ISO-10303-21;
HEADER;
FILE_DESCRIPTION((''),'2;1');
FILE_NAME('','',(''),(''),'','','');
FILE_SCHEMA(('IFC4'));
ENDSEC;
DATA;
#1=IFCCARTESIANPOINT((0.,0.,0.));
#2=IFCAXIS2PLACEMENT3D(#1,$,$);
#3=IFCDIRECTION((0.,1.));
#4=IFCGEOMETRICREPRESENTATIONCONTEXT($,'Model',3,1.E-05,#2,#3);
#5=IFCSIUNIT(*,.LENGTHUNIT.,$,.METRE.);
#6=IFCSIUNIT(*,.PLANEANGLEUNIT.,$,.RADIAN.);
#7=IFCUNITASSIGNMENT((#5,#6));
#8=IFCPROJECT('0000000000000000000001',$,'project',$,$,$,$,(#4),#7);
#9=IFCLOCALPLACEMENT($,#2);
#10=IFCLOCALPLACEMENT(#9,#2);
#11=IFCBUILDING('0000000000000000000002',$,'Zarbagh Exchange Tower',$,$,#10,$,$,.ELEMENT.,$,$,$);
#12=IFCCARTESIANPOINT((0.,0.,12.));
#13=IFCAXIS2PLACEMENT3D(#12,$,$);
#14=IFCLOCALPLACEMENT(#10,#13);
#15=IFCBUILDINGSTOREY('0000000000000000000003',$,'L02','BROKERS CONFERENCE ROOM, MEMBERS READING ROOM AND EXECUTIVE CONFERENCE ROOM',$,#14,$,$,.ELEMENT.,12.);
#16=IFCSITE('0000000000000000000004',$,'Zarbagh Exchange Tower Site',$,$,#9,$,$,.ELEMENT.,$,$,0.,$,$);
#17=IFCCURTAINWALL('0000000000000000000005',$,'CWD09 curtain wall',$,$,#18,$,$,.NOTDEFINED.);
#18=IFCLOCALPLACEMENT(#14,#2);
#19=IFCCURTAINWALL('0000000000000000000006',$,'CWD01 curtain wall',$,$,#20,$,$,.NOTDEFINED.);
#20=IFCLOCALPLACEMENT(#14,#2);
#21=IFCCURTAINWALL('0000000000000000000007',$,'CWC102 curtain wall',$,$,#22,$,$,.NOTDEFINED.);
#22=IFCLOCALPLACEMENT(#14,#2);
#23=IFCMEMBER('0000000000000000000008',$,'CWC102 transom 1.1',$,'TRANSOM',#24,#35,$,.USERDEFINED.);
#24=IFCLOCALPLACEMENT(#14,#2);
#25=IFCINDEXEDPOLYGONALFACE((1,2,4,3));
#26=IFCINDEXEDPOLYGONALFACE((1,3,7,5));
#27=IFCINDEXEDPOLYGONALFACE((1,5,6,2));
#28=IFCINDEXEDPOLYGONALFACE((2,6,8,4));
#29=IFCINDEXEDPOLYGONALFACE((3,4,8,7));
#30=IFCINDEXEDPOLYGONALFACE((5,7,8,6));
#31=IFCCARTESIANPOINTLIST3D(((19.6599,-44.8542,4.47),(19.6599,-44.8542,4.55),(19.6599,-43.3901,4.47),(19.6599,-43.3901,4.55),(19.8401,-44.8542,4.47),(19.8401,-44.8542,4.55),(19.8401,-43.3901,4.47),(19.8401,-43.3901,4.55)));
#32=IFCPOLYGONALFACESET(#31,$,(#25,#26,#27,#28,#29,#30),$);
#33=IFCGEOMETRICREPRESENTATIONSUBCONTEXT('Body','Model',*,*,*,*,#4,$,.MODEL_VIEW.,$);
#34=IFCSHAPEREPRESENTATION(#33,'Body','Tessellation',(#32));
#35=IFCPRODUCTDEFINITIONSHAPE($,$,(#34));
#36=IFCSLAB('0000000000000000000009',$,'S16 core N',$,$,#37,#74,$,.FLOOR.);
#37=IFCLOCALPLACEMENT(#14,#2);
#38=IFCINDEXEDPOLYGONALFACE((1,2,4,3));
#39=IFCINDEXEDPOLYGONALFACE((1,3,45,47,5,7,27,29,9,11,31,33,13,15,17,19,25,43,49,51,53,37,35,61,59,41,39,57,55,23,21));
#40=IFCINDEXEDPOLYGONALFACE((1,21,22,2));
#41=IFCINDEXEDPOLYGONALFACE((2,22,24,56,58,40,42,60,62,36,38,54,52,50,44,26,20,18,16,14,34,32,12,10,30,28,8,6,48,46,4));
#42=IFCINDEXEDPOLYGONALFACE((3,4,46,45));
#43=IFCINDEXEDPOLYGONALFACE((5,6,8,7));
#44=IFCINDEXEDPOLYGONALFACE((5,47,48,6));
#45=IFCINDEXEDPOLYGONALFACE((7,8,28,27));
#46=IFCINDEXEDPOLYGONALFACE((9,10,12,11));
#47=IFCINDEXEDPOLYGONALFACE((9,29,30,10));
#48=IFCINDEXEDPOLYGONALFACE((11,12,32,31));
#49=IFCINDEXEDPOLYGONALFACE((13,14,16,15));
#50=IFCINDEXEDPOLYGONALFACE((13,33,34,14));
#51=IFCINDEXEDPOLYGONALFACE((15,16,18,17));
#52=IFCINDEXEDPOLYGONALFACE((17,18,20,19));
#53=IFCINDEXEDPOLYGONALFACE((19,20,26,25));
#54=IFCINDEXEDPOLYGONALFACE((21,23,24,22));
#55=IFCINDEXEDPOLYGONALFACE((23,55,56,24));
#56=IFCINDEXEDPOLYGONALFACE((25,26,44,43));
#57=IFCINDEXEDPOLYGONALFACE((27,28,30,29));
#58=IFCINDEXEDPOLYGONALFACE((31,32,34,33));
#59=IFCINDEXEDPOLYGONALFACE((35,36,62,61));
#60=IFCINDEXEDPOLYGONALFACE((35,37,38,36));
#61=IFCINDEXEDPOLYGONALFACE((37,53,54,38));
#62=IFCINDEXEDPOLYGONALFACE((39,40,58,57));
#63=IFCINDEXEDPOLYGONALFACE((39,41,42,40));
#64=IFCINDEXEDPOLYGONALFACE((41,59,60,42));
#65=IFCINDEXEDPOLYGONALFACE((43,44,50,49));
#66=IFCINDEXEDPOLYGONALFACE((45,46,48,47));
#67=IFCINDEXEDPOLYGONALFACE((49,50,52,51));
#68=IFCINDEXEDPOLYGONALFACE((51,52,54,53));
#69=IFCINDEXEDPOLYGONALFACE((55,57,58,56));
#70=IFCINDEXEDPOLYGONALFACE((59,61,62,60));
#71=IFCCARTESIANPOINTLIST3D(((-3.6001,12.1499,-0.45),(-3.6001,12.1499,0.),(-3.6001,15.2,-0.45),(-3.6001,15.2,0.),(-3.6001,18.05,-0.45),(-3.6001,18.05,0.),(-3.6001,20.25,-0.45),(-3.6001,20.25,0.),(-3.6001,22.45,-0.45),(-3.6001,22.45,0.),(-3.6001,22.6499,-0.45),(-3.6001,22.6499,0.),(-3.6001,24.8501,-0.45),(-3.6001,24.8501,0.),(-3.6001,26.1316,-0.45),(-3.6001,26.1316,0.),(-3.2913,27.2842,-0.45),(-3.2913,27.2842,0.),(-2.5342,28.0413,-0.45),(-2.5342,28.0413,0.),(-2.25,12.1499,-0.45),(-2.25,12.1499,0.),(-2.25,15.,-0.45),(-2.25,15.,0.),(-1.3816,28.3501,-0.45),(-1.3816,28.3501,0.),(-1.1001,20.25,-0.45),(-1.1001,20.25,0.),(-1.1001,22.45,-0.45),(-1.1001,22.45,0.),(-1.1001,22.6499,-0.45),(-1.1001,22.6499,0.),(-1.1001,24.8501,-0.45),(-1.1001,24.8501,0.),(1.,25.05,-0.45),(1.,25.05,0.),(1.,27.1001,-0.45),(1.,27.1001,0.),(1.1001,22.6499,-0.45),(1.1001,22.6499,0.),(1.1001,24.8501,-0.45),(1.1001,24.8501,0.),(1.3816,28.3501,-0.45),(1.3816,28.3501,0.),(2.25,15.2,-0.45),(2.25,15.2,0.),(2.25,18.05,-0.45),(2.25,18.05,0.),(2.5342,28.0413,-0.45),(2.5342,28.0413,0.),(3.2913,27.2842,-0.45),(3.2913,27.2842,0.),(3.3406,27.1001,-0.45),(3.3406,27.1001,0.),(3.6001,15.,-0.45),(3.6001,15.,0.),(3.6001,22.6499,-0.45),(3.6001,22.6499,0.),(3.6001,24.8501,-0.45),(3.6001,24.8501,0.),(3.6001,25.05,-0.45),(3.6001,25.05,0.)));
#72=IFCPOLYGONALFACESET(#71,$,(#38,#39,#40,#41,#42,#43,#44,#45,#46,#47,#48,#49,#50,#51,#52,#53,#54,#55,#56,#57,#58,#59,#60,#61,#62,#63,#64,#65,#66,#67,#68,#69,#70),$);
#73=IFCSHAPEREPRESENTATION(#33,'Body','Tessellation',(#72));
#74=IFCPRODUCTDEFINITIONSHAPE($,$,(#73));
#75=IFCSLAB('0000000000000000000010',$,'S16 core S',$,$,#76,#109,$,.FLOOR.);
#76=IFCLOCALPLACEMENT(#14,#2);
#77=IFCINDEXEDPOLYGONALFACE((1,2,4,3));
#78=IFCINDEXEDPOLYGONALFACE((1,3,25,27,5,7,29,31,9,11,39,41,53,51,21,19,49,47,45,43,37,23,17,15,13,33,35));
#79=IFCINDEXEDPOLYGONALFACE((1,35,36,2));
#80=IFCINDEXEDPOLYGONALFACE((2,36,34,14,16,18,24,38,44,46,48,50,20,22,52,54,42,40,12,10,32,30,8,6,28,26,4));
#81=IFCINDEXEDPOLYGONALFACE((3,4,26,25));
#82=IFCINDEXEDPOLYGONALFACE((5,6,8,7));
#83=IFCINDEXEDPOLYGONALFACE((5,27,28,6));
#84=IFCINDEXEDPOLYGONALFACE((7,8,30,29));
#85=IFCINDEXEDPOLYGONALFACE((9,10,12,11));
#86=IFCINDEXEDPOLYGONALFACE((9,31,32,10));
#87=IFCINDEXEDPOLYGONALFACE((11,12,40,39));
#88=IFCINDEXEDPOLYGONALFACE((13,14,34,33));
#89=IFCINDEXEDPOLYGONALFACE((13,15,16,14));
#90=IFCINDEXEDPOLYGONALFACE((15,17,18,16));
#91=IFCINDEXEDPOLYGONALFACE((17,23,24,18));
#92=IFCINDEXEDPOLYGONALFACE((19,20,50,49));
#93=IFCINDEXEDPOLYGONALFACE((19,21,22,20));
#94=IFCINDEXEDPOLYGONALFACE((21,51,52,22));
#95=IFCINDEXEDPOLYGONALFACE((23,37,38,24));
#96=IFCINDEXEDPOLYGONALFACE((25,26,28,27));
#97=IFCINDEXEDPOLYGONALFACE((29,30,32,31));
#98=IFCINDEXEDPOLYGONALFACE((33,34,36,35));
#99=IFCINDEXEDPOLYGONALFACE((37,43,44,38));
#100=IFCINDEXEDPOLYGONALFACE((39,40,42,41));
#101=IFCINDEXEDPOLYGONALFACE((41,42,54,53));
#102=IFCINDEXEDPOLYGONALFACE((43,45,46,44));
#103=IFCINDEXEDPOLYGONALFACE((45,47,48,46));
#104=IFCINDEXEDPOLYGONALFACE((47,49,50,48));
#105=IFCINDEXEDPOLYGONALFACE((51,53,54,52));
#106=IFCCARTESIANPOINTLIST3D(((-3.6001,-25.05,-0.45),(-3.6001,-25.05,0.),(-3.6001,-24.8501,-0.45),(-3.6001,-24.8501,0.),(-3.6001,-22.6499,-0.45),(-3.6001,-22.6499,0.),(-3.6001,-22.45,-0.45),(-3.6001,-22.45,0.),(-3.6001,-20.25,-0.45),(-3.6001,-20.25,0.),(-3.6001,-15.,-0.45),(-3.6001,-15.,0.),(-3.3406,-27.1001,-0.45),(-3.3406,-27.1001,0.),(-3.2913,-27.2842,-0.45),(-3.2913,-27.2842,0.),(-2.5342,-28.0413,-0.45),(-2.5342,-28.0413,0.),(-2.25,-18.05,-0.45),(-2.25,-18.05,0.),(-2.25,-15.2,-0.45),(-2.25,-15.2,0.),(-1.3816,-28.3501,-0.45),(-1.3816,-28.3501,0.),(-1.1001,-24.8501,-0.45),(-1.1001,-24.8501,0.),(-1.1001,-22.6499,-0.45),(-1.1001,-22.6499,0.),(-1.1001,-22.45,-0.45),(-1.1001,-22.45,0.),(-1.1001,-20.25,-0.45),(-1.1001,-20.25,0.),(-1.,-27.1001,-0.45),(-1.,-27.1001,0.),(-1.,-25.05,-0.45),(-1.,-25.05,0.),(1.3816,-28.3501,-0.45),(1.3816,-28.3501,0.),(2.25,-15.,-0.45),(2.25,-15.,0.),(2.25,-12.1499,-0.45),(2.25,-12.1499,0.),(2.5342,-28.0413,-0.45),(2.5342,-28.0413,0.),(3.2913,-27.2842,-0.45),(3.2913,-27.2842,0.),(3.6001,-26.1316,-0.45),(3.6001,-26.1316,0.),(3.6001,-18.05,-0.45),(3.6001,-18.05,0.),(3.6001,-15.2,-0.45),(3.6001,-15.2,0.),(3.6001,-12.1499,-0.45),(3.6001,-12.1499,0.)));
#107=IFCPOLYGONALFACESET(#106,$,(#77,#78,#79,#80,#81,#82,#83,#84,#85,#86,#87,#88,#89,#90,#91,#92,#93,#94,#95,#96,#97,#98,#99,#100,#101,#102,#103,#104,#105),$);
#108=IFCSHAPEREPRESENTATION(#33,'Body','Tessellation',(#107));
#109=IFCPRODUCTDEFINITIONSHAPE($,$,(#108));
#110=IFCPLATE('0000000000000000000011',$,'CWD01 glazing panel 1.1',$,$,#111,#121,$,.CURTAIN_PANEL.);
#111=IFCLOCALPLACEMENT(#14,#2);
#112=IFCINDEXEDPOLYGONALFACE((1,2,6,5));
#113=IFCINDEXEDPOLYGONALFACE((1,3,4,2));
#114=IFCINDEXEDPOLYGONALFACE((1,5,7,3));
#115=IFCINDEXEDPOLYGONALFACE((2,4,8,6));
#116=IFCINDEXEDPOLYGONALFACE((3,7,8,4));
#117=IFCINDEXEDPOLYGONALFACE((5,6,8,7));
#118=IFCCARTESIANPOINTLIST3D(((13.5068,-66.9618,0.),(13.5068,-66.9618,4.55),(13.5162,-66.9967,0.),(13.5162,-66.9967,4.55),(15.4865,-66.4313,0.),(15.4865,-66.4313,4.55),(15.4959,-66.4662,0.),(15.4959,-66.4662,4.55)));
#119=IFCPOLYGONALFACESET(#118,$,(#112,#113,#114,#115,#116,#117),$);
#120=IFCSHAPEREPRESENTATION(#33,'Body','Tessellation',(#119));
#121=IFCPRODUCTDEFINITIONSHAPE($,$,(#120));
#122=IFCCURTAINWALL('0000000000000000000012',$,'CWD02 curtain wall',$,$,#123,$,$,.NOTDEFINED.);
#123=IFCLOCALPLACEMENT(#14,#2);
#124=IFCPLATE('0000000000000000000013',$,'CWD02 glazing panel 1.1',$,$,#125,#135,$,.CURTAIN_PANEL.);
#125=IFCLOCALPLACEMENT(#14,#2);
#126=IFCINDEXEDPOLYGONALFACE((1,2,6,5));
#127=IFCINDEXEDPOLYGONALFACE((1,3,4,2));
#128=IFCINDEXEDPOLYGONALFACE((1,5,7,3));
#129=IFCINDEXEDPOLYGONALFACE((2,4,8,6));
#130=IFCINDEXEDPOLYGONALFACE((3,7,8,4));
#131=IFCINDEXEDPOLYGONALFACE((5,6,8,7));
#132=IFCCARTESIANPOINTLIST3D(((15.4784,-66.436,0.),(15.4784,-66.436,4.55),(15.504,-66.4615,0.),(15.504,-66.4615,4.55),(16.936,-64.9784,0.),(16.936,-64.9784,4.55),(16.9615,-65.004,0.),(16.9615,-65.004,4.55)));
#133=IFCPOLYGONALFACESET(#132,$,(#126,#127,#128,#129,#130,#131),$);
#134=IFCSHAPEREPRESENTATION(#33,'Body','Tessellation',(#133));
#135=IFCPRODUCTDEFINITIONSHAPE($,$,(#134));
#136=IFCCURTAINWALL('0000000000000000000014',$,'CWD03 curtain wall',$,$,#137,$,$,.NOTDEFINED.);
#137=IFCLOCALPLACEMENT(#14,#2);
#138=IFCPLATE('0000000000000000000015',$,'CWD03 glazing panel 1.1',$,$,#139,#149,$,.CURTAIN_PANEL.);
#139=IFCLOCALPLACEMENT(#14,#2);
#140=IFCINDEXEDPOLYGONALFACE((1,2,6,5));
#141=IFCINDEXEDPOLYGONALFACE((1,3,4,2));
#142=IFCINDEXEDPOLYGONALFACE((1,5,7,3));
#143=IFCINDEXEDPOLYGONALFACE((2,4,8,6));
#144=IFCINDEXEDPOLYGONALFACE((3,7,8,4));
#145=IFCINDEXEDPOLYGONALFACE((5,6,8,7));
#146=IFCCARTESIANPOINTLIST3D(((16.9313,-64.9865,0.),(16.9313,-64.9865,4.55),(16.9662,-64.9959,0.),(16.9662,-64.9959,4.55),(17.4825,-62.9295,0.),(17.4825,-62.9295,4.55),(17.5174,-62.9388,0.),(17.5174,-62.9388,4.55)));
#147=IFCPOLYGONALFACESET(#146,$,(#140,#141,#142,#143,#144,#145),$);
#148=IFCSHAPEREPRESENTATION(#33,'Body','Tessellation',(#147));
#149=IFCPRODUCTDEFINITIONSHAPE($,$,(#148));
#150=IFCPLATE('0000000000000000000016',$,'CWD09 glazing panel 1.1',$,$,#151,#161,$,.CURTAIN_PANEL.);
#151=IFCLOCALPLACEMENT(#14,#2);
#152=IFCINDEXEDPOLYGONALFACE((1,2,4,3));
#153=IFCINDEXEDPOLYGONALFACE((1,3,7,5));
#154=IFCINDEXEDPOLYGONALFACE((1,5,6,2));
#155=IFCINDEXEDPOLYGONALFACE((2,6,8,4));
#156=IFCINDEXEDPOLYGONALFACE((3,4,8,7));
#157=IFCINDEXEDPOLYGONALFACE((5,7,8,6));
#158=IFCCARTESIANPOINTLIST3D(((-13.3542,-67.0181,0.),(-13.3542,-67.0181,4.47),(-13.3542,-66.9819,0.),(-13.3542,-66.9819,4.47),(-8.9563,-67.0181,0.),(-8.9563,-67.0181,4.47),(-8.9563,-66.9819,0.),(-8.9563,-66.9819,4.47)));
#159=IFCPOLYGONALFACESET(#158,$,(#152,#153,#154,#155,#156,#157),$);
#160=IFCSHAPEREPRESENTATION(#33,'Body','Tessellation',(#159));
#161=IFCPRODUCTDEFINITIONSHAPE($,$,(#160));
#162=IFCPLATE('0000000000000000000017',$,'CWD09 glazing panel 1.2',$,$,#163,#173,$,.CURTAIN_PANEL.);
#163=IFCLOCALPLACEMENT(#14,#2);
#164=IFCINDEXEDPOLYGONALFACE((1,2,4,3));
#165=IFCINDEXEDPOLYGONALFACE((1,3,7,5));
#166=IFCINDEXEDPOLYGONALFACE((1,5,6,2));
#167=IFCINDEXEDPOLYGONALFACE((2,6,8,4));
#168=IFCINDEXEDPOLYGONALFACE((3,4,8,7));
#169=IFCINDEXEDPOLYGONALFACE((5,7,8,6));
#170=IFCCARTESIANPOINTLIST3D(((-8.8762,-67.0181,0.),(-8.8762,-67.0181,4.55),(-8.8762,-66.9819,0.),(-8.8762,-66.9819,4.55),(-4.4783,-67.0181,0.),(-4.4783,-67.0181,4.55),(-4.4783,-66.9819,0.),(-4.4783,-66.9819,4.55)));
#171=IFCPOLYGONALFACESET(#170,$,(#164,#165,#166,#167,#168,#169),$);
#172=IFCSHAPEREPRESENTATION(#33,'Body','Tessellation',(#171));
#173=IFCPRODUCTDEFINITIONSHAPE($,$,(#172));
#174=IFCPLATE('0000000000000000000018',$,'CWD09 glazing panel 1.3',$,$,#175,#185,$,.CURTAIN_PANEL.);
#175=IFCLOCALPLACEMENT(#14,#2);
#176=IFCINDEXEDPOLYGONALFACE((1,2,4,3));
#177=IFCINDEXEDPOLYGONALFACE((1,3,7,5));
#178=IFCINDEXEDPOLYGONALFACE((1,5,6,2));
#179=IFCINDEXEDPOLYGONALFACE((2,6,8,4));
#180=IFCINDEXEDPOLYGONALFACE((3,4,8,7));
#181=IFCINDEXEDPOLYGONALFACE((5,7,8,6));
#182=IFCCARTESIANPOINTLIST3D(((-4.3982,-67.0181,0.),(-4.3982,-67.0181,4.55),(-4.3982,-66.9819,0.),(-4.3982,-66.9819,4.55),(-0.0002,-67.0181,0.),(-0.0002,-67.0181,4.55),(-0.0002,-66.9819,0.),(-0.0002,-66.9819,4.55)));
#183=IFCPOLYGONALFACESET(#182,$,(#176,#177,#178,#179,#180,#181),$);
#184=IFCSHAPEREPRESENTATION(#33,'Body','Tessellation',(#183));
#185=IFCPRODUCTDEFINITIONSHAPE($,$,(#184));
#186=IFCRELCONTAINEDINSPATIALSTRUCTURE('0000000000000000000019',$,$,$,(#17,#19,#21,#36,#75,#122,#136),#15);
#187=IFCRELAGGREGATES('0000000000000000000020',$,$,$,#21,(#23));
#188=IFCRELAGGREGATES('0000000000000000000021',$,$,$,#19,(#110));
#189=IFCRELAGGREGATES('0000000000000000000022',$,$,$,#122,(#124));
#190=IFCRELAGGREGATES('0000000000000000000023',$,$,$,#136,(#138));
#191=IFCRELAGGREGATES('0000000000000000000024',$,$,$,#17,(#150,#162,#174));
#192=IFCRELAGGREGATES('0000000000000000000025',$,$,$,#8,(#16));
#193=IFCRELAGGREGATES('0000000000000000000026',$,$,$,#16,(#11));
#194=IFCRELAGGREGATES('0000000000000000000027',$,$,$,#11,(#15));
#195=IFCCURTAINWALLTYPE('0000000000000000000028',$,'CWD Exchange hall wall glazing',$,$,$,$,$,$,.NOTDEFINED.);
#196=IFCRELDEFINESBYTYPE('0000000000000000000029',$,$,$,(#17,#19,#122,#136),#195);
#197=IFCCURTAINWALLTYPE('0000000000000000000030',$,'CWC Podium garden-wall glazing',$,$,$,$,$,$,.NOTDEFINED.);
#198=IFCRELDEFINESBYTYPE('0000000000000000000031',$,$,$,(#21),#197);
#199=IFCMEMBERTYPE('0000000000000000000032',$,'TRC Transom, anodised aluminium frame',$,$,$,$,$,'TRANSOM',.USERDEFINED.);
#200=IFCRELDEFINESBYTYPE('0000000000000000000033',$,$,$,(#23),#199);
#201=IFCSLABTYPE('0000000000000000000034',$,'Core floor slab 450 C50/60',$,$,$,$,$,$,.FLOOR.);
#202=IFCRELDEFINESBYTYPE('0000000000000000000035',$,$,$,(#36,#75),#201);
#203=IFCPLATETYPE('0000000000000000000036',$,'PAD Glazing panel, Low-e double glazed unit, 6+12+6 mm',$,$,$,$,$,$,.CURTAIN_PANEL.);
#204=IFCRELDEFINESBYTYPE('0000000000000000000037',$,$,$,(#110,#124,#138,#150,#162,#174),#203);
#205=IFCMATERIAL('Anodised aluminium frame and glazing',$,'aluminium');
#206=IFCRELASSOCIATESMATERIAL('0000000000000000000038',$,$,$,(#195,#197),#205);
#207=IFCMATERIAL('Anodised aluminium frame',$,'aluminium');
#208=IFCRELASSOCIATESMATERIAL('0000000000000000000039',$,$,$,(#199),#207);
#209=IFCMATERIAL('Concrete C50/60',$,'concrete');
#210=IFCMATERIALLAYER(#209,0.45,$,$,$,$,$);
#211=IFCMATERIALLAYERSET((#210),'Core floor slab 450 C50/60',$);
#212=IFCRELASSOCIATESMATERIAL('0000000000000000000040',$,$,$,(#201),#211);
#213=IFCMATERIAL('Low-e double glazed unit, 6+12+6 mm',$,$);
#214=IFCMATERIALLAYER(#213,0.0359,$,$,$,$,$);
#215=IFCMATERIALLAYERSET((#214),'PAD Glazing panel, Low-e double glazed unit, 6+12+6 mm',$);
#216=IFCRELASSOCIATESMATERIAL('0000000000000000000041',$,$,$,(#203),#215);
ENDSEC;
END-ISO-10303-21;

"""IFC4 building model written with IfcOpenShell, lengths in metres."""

from ifc_helpers import new_model, si_unit, direction, frame, origin, place, context, subcontext, project, spatial, polyline, outline, extrude, source, transform, mapped, material, layer, layer_set, type_object, element, aggregate, save


model = new_model("IFC4")

# Units and contexts
model_context = context("Model", 3, precision=1e-05, world=origin(), true_north=direction((0.0, 1.0)))
body_context = subcontext(model_context, "Body", "Model", "MODEL_VIEW")
ifc_project = project(units=[si_unit("LENGTHUNIT", "METRE"), si_unit("PLANEANGLEUNIT", "RADIAN")], contexts=[model_context])

# Site, building, storey
site_placement = place(None, origin())
site = spatial("IfcSite", under=ifc_project, at=site_placement, Name="Zarbagh Exchange Tower Site", CompositionType="ELEMENT", RefElevation=0.0)
building_placement = place(site_placement, origin())
building = spatial("IfcBuilding", under=site, at=building_placement, Name="Zarbagh Exchange Tower", CompositionType="ELEMENT")
storey_placement = place(building_placement, frame((0.0, 0.0, 12.0)))
storey = spatial("IfcBuildingStorey", under=building, at=storey_placement, Name="L02", Description="BROKERS CONFERENCE ROOM, MEMBERS READING ROOM AND EXECUTIVE CONFERENCE ROOM", CompositionType="ELEMENT", Elevation=12.0)

# Curtain wall
ifc_material_1 = material(Name="Anodised aluminium frame and glazing", Category="aluminium")
curtain_wall_type_1 = type_object("IfcCurtainWallType", Name="CWD Exchange hall wall glazing", PredefinedType="NOTDEFINED", material=ifc_material_1)
curtain_wall_1_placement = place(storey_placement, origin())
curtain_wall_1 = element("IfcCurtainWall", 1, at=curtain_wall_1_placement, inside=storey, type_object=curtain_wall_type_1, Name="CWD09 curtain wall", PredefinedType="NOTDEFINED")
ifc_material_2 = material(Name="Anodised aluminium frame", Category="aluminium")
placement = place(storey_placement, origin())

# Curtain wall
curtain_wall_2_placement = place(storey_placement, origin())
curtain_wall_2 = element("IfcCurtainWall", 2, at=curtain_wall_2_placement, inside=storey, type_object=curtain_wall_type_1, Name="CWD01 curtain wall", PredefinedType="NOTDEFINED")

# Curtain wall
curtain_wall_type_2 = type_object("IfcCurtainWallType", Name="CWC Podium garden-wall glazing", PredefinedType="NOTDEFINED", material=ifc_material_1)
curtain_wall_3_placement = place(storey_placement, origin())
curtain_wall_3 = element("IfcCurtainWall", 3, at=curtain_wall_3_placement, inside=storey, type_object=curtain_wall_type_2, Name="CWC102 curtain wall", PredefinedType="NOTDEFINED")

# Member
member_type_1 = type_object("IfcMemberType", Name="TRC Transom, anodised aluminium frame", ElementType="TRANSOM", PredefinedType="USERDEFINED", material=ifc_material_2)
shared_shape_1 = source(origin(), body_context, "Body", "SweptSolid", [
    extrude(outline(polyline([(-0.0801, -0.0901), (0.0, -0.0901), (0.0, 0.0901), (-0.0801, 0.0901), (-0.0801, -0.0901)])), origin(), (0.0, 0.0, 1.0), 1.4641),
])
member_1 = element("IfcMember", 4, at=placement, type_object=member_type_1, Name="CWC102 transom 1.1", ObjectType="TRANSOM", PredefinedType="USERDEFINED", context=body_context, shape_type="MappedRepresentation", body=[
    mapped(shared_shape_1, transform((19.75, -44.8542, 4.55), x_axis=(0.0, 0.0, 1.0), y_axis=(1.0, 0.0, 0.0), z_axis=(0.0, 1.0, 0.0))),
])
aggregate(curtain_wall_3, [member_1])

# Slabs
ifc_material_3 = material(Name="Concrete C50/60", Category="concrete")
ifc_layer_1 = layer(ifc_material_3, 0.45)
ifc_layer_set_1 = layer_set([ifc_layer_1], Name="Core floor slab 450 C50/60")
slab_type = type_object("IfcSlabType", Name="Core floor slab 450 C50/60", PredefinedType="FLOOR", material=ifc_layer_set_1)
slab_1_placement = place(storey_placement, frame((0.0, 0.0, -0.45)))
element("IfcSlab", 5, at=slab_1_placement, inside=storey, type_object=slab_type, Name="S16 core N", PredefinedType="FLOOR", context=body_context, shape_type="SweptSolid", body=[
    extrude(outline(polyline([(-3.6001, 12.1499), (-3.6001, 15.2), (2.25, 15.2), (2.25, 18.05), (-3.6001, 18.05), (-3.6001, 20.25), (-1.1001, 20.25), (-1.1001, 22.45), (-3.6001, 22.45), (-3.6001, 22.6499), (-1.1001, 22.6499), (-1.1001, 24.8501), (-3.6001, 24.8501), (-3.6001, 26.1316), (-3.2913, 27.2842), (-2.5342, 28.0413), (-1.3816, 28.3501), (1.3816, 28.3501), (2.5342, 28.0413), (3.2913, 27.2842), (3.3406, 27.1001), (1.0, 27.1001), (1.0, 25.05), (3.6001, 25.05), (3.6001, 24.8501), (1.1001, 24.8501), (1.1001, 22.6499), (3.6001, 22.6499), (3.6001, 15.0), (-2.25, 15.0), (-2.25, 12.1499), (-3.6001, 12.1499)])), origin(), (0.0, 0.0, 1.0), 0.45),
])
slab_2_placement = place(storey_placement, frame((0.0, 0.0, -0.45)))
element("IfcSlab", 6, at=slab_2_placement, inside=storey, type_object=slab_type, Name="S16 core S", PredefinedType="FLOOR", context=body_context, shape_type="SweptSolid", body=[
    extrude(outline(polyline([(-2.5342, -28.0413), (-3.2913, -27.2842), (-3.3406, -27.1001), (-1.0, -27.1001), (-1.0, -25.05), (-3.6001, -25.05), (-3.6001, -24.8501), (-1.1001, -24.8501), (-1.1001, -22.6499), (-3.6001, -22.6499), (-3.6001, -22.45), (-1.1001, -22.45), (-1.1001, -20.25), (-3.6001, -20.25), (-3.6001, -15.0), (2.25, -15.0), (2.25, -12.1499), (3.6001, -12.1499), (3.6001, -15.2), (-2.25, -15.2), (-2.25, -18.05), (3.6001, -18.05), (3.6001, -26.1316), (3.2913, -27.2842), (2.5342, -28.0413), (1.3816, -28.3501), (-1.3816, -28.3501), (-2.5342, -28.0413)])), origin(), (0.0, 0.0, 1.0), 0.45),
])

# Plate
ifc_material_4 = material(Name="Low-e double glazed unit, 6+12+6 mm")
ifc_layer_2 = layer(ifc_material_4, 0.0359)
ifc_layer_set_2 = layer_set([ifc_layer_2], Name="PAD Glazing panel, Low-e double glazed unit, 6+12+6 mm")
plate_type_1 = type_object("IfcPlateType", Name="PAD Glazing panel, Low-e double glazed unit, 6+12+6 mm", PredefinedType="CURTAIN_PANEL", material=ifc_layer_set_2)
shared_shape_2 = source(origin(), body_context, "Body", "SweptSolid", [
    extrude(outline(polyline([(0.0, -0.0181), (2.0496, -0.0181), (2.0496, 0.0181), (0.0, 0.0181), (0.0, -0.0181)])), origin(), (0.0, 0.0, 1.0), 4.55),
])
plate_1 = element("IfcPlate", 7, at=placement, type_object=plate_type_1, Name="CWD01 glazing panel 1.1", PredefinedType="CURTAIN_PANEL", context=body_context, shape_type="MappedRepresentation", body=[
    mapped(shared_shape_2, transform((13.5115, -66.9792, 0.0), x_axis=(0.965924, 0.258825, 0.0), y_axis=(-0.258825, 0.965924, 0.0), z_axis=(0.0, 0.0, 1.0))),
])
aggregate(curtain_wall_2, [plate_1])

# Curtain walls, plates
curtain_wall_4_placement = place(storey_placement, origin())
curtain_wall_4 = element("IfcCurtainWall", 8, at=curtain_wall_4_placement, inside=storey, type_object=curtain_wall_type_1, Name="CWD02 curtain wall", PredefinedType="NOTDEFINED")
shared_shape_3 = source(origin(), body_context, "Body", "SweptSolid", [
    extrude(outline(polyline([(0.0, -0.0181), (2.0613, -0.0181), (2.0613, 0.0181), (0.0, 0.0181), (0.0, -0.0181)])), origin(), (0.0, 0.0, 1.0), 4.55),
])
plate_2 = element("IfcPlate", 9, at=placement, type_object=plate_type_1, Name="CWD02 glazing panel 1.1", PredefinedType="CURTAIN_PANEL", context=body_context, shape_type="MappedRepresentation", body=[
    mapped(shared_shape_3, transform((15.4912, -66.4487, 0.0), x_axis=(0.707107, 0.707107, 0.0), y_axis=(-0.707107, 0.707107, 0.0), z_axis=(0.0, 0.0, 1.0))),
])
aggregate(curtain_wall_4, [plate_2])
curtain_wall_5_placement = place(storey_placement, origin())
curtain_wall_5 = element("IfcCurtainWall", 10, at=curtain_wall_5_placement, inside=storey, type_object=curtain_wall_type_1, Name="CWD03 curtain wall", PredefinedType="NOTDEFINED")
shared_shape_4 = source(origin(), body_context, "Body", "SweptSolid", [
    extrude(outline(polyline([(0.0, -0.0181), (2.1296, -0.0181), (2.1296, 0.0181), (0.0, 0.0181), (0.0, -0.0181)])), origin(), (0.0, 0.0, 1.0), 4.55),
])
plate_3 = element("IfcPlate", 11, at=placement, type_object=plate_type_1, Name="CWD03 glazing panel 1.1", PredefinedType="CURTAIN_PANEL", context=body_context, shape_type="MappedRepresentation", body=[
    mapped(shared_shape_4, transform((16.9487, -64.9912, 0.0), x_axis=(0.258825, 0.965924, 0.0), y_axis=(-0.965924, 0.258825, 0.0), z_axis=(0.0, 0.0, 1.0))),
])
aggregate(curtain_wall_5, [plate_3])

# Plates
shared_shape_5 = source(origin(), body_context, "Body", "SweptSolid", [
    extrude(outline(polyline([(0.0, -0.0181), (4.3979, -0.0181), (4.3979, 0.0181), (0.0, 0.0181), (0.0, -0.0181)])), origin(), (0.0, 0.0, 1.0), 4.47),
])
plate_4 = element("IfcPlate", 12, at=placement, type_object=plate_type_1, Name="CWD09 glazing panel 1.1", PredefinedType="CURTAIN_PANEL", context=body_context, shape_type="MappedRepresentation", body=[
    mapped(shared_shape_5, transform((-13.3542, -67.0, 0.0), x_axis=(1.0, 0.0, 0.0), y_axis=(0.0, 1.0, 0.0), z_axis=(0.0, 0.0, 1.0))),
])
shared_shape_6 = source(origin(), body_context, "Body", "SweptSolid", [
    extrude(outline(polyline([(0.0, -0.0181), (4.3979, -0.0181), (4.3979, 0.0181), (0.0, 0.0181), (0.0, -0.0181)])), origin(), (0.0, 0.0, 1.0), 4.55),
])
plate_5 = element("IfcPlate", 13, at=placement, type_object=plate_type_1, Name="CWD09 glazing panel 1.2", PredefinedType="CURTAIN_PANEL", context=body_context, shape_type="MappedRepresentation", body=[
    mapped(shared_shape_6, transform((-8.8762, -67.0, 0.0), x_axis=(1.0, 0.0, 0.0), y_axis=(0.0, 1.0, 0.0), z_axis=(0.0, 0.0, 1.0))),
])
plate_6 = element("IfcPlate", 14, at=placement, type_object=plate_type_1, Name="CWD09 glazing panel 1.3", PredefinedType="CURTAIN_PANEL", context=body_context, shape_type="MappedRepresentation", body=[
    mapped(shared_shape_6, transform((-4.3982, -67.0, 0.0), x_axis=(1.0, 0.0, 0.0), y_axis=(0.0, 1.0, 0.0), z_axis=(0.0, 0.0, 1.0))),
])
aggregate(curtain_wall_1, [plate_4, plate_5, plate_6])

save(model, "model.ifc")
